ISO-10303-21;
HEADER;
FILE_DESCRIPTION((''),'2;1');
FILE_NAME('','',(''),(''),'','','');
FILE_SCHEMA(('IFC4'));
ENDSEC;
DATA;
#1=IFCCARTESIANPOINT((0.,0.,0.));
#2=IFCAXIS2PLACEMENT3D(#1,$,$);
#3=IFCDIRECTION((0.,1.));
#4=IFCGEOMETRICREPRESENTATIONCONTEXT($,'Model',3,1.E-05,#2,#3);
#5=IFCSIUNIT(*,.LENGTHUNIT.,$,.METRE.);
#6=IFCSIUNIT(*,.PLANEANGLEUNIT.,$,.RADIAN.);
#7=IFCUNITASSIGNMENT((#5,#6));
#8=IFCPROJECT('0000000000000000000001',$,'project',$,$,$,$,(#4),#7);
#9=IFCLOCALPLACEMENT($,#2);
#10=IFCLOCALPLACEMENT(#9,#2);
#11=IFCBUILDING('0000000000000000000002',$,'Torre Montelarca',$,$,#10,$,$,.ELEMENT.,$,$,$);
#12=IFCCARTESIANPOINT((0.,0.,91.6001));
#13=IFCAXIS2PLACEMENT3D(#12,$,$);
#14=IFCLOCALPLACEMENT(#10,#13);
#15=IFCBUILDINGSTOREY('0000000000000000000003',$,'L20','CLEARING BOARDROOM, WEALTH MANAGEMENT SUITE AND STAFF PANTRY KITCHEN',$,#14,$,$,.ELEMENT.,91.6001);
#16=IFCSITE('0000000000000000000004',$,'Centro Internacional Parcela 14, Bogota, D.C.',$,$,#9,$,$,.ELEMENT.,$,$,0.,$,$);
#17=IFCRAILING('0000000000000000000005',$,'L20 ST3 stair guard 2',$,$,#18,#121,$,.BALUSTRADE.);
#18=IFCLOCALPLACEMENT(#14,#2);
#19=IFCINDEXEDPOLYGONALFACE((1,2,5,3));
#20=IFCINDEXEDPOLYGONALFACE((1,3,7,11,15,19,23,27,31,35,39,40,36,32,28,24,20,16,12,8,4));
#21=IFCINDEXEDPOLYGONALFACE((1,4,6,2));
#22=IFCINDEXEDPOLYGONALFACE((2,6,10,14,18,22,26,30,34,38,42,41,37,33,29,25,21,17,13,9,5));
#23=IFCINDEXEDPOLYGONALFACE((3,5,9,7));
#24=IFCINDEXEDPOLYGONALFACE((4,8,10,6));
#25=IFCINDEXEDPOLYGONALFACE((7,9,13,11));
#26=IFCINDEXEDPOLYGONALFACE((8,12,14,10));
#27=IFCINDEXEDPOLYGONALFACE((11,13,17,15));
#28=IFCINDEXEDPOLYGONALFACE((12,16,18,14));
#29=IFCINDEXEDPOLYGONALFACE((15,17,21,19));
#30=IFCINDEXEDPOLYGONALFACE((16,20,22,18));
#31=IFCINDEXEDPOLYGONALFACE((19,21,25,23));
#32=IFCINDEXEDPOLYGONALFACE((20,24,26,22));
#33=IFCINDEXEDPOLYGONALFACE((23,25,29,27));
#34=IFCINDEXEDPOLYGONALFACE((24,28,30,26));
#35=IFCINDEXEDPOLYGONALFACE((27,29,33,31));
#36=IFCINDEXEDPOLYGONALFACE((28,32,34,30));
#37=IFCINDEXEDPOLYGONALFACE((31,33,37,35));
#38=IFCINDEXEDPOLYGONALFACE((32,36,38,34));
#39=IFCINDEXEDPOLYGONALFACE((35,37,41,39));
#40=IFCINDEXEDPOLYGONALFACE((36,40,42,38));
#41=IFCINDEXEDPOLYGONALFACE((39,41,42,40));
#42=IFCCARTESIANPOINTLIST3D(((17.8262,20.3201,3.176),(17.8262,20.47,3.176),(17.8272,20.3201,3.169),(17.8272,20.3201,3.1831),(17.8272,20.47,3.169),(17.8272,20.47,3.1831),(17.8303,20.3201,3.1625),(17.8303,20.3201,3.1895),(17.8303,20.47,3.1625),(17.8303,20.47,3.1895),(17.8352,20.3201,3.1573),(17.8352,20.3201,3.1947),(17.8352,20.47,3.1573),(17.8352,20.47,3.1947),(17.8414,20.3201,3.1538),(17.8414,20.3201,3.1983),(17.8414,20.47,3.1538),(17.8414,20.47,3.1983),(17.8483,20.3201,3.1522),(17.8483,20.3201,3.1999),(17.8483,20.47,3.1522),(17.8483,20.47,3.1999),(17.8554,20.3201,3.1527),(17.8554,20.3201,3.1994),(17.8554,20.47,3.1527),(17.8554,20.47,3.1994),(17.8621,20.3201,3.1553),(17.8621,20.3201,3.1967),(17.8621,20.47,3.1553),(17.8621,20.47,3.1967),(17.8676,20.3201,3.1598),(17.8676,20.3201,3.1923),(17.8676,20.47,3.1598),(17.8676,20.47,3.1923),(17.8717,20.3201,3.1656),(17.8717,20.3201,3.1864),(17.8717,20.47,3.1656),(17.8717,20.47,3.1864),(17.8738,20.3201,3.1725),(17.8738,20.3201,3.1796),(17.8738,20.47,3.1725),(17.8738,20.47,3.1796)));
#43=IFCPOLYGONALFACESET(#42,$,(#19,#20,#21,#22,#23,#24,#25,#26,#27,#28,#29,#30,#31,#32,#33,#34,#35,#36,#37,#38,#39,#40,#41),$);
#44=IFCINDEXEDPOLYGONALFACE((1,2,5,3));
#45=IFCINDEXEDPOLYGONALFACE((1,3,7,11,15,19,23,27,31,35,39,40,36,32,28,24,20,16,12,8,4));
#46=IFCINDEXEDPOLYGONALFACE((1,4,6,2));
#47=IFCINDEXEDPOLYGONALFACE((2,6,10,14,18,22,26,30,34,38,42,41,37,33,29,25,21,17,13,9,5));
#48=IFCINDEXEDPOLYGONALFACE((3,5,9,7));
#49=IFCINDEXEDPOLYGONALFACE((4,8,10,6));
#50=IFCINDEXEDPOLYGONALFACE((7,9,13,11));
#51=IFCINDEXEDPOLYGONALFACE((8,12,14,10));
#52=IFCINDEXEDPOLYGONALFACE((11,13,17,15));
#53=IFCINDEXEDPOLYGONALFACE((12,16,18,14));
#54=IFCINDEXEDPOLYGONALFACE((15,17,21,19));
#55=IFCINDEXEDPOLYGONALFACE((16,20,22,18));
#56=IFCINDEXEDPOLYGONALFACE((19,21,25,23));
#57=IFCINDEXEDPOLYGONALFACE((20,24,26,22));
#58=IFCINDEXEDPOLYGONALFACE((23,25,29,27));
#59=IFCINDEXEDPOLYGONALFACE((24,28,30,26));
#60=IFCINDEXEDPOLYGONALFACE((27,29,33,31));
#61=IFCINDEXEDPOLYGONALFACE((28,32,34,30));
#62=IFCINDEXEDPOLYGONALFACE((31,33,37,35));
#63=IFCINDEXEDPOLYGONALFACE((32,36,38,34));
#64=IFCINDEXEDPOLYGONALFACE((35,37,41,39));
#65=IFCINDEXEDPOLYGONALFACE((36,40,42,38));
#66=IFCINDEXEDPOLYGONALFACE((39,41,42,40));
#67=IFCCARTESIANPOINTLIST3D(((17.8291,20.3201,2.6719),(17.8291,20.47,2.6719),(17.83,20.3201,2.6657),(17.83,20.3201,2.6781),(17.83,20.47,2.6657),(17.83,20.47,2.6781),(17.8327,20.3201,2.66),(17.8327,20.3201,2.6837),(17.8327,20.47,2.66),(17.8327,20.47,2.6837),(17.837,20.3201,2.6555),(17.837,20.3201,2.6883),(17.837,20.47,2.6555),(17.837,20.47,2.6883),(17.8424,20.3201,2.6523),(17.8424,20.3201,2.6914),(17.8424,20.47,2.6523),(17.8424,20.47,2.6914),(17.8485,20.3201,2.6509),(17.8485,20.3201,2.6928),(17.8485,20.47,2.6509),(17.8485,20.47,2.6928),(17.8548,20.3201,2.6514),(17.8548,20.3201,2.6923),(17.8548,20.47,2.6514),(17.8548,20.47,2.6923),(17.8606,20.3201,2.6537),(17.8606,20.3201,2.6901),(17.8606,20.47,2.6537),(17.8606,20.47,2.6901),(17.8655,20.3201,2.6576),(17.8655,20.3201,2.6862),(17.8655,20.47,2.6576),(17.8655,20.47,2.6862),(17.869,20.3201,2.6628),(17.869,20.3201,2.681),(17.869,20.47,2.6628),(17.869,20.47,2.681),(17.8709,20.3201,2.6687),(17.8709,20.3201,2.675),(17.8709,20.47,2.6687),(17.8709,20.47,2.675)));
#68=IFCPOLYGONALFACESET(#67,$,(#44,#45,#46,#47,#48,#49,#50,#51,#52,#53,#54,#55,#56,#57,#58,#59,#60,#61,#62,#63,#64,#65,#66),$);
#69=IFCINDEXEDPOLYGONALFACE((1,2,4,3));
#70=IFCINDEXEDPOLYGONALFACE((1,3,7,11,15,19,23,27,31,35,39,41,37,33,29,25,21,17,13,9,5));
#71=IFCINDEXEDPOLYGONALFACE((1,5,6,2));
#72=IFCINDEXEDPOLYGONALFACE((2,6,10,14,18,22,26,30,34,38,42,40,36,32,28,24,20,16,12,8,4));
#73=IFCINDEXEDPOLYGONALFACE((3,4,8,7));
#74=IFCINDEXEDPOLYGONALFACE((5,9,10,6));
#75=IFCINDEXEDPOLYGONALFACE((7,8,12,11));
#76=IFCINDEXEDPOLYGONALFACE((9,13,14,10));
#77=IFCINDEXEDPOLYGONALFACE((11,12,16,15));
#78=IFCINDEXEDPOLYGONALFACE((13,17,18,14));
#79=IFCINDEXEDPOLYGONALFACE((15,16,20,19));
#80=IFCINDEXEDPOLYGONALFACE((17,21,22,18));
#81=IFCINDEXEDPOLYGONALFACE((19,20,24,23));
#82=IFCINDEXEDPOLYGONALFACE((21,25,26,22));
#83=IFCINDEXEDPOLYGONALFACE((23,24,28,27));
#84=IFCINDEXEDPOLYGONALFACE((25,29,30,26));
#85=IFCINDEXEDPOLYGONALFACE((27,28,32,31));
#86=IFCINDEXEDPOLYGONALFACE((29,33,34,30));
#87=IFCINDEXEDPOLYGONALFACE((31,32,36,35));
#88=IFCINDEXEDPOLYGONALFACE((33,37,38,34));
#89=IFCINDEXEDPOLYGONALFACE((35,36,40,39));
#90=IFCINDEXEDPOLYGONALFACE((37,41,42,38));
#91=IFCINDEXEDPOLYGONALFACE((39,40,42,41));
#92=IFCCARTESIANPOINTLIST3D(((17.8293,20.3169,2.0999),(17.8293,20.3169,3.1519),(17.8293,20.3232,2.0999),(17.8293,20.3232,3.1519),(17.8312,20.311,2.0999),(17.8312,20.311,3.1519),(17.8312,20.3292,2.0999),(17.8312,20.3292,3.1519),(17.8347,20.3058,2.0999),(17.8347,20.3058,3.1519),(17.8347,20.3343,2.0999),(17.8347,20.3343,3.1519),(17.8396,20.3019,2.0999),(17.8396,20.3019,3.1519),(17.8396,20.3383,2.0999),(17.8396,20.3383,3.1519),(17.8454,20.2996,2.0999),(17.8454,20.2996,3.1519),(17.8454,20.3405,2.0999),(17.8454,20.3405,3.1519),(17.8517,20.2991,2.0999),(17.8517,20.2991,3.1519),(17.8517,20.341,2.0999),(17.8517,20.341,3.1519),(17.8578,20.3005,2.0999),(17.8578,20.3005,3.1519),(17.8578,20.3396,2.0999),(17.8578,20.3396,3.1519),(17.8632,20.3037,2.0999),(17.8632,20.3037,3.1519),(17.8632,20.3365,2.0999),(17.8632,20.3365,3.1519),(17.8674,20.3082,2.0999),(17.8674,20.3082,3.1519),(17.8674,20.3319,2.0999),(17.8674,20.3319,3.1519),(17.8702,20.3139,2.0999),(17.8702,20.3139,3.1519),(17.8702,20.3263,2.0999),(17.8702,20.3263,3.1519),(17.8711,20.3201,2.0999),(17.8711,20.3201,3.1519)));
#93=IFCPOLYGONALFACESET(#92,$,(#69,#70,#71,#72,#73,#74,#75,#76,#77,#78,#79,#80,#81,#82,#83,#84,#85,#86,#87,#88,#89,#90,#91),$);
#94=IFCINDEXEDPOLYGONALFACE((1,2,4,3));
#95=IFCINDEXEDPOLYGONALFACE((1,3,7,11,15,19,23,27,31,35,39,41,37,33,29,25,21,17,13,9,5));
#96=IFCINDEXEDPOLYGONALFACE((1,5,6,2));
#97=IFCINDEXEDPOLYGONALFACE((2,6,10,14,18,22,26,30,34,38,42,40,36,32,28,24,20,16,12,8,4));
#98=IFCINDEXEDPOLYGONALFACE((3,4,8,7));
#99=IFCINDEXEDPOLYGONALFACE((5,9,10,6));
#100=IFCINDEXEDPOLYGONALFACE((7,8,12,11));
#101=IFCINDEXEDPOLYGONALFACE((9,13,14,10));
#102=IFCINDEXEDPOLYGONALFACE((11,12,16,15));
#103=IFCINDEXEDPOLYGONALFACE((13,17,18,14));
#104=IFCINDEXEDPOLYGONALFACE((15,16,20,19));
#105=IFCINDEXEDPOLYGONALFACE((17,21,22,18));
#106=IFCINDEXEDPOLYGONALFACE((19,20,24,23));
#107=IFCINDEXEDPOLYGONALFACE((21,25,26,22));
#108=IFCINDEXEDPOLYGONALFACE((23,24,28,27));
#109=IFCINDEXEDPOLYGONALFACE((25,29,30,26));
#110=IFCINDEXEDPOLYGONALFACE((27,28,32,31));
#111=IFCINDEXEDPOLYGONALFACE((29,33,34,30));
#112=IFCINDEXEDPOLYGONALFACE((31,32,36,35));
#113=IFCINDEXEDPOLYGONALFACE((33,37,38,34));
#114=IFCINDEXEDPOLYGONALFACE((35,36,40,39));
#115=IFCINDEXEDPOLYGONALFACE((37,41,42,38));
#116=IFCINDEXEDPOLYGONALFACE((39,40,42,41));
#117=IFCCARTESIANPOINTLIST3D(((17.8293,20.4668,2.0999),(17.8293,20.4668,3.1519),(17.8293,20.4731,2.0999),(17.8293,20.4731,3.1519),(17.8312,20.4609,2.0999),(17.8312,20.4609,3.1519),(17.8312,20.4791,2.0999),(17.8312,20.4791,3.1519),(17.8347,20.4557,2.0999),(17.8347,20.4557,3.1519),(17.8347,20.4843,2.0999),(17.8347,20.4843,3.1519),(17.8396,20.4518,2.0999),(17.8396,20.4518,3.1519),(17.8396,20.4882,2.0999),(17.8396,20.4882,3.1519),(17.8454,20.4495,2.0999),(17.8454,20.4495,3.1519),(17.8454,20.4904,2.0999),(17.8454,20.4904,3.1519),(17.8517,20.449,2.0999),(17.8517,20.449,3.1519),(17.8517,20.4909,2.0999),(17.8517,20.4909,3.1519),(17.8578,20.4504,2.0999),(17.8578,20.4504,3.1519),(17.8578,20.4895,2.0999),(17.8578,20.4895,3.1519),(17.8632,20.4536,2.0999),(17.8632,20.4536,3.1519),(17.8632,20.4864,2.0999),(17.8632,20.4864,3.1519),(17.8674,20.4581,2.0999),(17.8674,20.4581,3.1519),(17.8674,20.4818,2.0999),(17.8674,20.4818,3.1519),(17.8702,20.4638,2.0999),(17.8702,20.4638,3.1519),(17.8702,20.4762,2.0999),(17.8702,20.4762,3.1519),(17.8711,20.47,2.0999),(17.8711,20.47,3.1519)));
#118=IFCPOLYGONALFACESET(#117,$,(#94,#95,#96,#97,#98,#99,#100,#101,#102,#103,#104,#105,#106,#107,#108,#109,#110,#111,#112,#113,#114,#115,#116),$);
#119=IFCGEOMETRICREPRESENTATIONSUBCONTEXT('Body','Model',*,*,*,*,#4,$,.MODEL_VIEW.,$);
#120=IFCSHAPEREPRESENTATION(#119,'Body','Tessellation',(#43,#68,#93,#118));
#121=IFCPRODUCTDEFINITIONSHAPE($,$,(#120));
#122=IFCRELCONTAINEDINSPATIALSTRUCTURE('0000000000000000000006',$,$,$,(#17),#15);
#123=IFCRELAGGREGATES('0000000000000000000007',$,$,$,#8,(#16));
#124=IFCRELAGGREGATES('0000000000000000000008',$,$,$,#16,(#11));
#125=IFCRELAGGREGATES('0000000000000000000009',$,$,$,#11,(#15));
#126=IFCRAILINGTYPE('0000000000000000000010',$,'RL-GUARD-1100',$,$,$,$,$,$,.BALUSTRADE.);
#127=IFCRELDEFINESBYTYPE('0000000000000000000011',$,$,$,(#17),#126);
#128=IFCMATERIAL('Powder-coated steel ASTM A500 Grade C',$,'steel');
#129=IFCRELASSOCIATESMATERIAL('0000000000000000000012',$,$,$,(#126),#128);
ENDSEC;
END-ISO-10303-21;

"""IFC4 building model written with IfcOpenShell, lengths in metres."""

from ifc_helpers import new_model, si_unit, direction, frame, origin, origin_2d, place, context, subcontext, project, spatial, circle, extrude, material, type_object, element, save


model = new_model("IFC4")

# Units and contexts
model_context = context("Model", 3, precision=1e-05, world=origin(), true_north=direction((0.0, 1.0)))
body_context = subcontext(model_context, "Body", "Model", "MODEL_VIEW")
ifc_project = project(units=[si_unit("LENGTHUNIT", "METRE"), si_unit("PLANEANGLEUNIT", "RADIAN")], contexts=[model_context])

# Site, building, storey
site_placement = place(None, origin())
site = spatial("IfcSite", under=ifc_project, at=site_placement, Name="Centro Internacional Parcela 14, Bogota, D.C.", CompositionType="ELEMENT", RefElevation=0.0)
building_placement = place(site_placement, origin())
building = spatial("IfcBuilding", under=site, at=building_placement, Name="Torre Montelarca", CompositionType="ELEMENT")
storey_placement = place(building_placement, frame((0.0, 0.0, 91.6001)))
storey = spatial("IfcBuildingStorey", under=building, at=storey_placement, Name="L20", Description="CLEARING BOARDROOM, WEALTH MANAGEMENT SUITE AND STAFF PANTRY KITCHEN", CompositionType="ELEMENT", Elevation=91.6001)

# Railing
ifc_material_1 = material(Name="Powder-coated steel ASTM A500 Grade C", Category="steel")
railing_type_1 = type_object("IfcRailingType", Name="RL-GUARD-1100", PredefinedType="BALUSTRADE", material=ifc_material_1)
railing_1_placement = place(storey_placement, frame((17.8501, 20.3201, 2.0999)))
element("IfcRailing", 1, at=railing_1_placement, inside=storey, type_object=railing_type_1, Name="L20 ST3 stair guard 2", PredefinedType="BALUSTRADE", context=body_context, shape_type="SweptSolid", body=[
    extrude(circle(Radius=0.0239, at=origin_2d()), frame((0.0, 0.0, 1.0762), z_axis=(0.0, 1.0, 0.0), x_axis=(-1.0, 0.0, 0.0)), (0.0, 0.0, 1.0), 0.1499),
    extrude(circle(Radius=0.021, at=origin_2d()), frame((0.0, 0.0, 0.572), z_axis=(0.0, 1.0, 0.0), x_axis=(-1.0, 0.0, 0.0)), (0.0, 0.0, 1.0), 0.1499),
    extrude(circle(Radius=0.021, at=origin_2d()), origin(), (0.0, 0.0, 1.0), 1.052),
    extrude(circle(Radius=0.021, at=origin_2d()), frame((0.0, 0.1499, 0.0)), (0.0, 0.0, 1.0), 1.052),
])

save(model, "model.ifc")
